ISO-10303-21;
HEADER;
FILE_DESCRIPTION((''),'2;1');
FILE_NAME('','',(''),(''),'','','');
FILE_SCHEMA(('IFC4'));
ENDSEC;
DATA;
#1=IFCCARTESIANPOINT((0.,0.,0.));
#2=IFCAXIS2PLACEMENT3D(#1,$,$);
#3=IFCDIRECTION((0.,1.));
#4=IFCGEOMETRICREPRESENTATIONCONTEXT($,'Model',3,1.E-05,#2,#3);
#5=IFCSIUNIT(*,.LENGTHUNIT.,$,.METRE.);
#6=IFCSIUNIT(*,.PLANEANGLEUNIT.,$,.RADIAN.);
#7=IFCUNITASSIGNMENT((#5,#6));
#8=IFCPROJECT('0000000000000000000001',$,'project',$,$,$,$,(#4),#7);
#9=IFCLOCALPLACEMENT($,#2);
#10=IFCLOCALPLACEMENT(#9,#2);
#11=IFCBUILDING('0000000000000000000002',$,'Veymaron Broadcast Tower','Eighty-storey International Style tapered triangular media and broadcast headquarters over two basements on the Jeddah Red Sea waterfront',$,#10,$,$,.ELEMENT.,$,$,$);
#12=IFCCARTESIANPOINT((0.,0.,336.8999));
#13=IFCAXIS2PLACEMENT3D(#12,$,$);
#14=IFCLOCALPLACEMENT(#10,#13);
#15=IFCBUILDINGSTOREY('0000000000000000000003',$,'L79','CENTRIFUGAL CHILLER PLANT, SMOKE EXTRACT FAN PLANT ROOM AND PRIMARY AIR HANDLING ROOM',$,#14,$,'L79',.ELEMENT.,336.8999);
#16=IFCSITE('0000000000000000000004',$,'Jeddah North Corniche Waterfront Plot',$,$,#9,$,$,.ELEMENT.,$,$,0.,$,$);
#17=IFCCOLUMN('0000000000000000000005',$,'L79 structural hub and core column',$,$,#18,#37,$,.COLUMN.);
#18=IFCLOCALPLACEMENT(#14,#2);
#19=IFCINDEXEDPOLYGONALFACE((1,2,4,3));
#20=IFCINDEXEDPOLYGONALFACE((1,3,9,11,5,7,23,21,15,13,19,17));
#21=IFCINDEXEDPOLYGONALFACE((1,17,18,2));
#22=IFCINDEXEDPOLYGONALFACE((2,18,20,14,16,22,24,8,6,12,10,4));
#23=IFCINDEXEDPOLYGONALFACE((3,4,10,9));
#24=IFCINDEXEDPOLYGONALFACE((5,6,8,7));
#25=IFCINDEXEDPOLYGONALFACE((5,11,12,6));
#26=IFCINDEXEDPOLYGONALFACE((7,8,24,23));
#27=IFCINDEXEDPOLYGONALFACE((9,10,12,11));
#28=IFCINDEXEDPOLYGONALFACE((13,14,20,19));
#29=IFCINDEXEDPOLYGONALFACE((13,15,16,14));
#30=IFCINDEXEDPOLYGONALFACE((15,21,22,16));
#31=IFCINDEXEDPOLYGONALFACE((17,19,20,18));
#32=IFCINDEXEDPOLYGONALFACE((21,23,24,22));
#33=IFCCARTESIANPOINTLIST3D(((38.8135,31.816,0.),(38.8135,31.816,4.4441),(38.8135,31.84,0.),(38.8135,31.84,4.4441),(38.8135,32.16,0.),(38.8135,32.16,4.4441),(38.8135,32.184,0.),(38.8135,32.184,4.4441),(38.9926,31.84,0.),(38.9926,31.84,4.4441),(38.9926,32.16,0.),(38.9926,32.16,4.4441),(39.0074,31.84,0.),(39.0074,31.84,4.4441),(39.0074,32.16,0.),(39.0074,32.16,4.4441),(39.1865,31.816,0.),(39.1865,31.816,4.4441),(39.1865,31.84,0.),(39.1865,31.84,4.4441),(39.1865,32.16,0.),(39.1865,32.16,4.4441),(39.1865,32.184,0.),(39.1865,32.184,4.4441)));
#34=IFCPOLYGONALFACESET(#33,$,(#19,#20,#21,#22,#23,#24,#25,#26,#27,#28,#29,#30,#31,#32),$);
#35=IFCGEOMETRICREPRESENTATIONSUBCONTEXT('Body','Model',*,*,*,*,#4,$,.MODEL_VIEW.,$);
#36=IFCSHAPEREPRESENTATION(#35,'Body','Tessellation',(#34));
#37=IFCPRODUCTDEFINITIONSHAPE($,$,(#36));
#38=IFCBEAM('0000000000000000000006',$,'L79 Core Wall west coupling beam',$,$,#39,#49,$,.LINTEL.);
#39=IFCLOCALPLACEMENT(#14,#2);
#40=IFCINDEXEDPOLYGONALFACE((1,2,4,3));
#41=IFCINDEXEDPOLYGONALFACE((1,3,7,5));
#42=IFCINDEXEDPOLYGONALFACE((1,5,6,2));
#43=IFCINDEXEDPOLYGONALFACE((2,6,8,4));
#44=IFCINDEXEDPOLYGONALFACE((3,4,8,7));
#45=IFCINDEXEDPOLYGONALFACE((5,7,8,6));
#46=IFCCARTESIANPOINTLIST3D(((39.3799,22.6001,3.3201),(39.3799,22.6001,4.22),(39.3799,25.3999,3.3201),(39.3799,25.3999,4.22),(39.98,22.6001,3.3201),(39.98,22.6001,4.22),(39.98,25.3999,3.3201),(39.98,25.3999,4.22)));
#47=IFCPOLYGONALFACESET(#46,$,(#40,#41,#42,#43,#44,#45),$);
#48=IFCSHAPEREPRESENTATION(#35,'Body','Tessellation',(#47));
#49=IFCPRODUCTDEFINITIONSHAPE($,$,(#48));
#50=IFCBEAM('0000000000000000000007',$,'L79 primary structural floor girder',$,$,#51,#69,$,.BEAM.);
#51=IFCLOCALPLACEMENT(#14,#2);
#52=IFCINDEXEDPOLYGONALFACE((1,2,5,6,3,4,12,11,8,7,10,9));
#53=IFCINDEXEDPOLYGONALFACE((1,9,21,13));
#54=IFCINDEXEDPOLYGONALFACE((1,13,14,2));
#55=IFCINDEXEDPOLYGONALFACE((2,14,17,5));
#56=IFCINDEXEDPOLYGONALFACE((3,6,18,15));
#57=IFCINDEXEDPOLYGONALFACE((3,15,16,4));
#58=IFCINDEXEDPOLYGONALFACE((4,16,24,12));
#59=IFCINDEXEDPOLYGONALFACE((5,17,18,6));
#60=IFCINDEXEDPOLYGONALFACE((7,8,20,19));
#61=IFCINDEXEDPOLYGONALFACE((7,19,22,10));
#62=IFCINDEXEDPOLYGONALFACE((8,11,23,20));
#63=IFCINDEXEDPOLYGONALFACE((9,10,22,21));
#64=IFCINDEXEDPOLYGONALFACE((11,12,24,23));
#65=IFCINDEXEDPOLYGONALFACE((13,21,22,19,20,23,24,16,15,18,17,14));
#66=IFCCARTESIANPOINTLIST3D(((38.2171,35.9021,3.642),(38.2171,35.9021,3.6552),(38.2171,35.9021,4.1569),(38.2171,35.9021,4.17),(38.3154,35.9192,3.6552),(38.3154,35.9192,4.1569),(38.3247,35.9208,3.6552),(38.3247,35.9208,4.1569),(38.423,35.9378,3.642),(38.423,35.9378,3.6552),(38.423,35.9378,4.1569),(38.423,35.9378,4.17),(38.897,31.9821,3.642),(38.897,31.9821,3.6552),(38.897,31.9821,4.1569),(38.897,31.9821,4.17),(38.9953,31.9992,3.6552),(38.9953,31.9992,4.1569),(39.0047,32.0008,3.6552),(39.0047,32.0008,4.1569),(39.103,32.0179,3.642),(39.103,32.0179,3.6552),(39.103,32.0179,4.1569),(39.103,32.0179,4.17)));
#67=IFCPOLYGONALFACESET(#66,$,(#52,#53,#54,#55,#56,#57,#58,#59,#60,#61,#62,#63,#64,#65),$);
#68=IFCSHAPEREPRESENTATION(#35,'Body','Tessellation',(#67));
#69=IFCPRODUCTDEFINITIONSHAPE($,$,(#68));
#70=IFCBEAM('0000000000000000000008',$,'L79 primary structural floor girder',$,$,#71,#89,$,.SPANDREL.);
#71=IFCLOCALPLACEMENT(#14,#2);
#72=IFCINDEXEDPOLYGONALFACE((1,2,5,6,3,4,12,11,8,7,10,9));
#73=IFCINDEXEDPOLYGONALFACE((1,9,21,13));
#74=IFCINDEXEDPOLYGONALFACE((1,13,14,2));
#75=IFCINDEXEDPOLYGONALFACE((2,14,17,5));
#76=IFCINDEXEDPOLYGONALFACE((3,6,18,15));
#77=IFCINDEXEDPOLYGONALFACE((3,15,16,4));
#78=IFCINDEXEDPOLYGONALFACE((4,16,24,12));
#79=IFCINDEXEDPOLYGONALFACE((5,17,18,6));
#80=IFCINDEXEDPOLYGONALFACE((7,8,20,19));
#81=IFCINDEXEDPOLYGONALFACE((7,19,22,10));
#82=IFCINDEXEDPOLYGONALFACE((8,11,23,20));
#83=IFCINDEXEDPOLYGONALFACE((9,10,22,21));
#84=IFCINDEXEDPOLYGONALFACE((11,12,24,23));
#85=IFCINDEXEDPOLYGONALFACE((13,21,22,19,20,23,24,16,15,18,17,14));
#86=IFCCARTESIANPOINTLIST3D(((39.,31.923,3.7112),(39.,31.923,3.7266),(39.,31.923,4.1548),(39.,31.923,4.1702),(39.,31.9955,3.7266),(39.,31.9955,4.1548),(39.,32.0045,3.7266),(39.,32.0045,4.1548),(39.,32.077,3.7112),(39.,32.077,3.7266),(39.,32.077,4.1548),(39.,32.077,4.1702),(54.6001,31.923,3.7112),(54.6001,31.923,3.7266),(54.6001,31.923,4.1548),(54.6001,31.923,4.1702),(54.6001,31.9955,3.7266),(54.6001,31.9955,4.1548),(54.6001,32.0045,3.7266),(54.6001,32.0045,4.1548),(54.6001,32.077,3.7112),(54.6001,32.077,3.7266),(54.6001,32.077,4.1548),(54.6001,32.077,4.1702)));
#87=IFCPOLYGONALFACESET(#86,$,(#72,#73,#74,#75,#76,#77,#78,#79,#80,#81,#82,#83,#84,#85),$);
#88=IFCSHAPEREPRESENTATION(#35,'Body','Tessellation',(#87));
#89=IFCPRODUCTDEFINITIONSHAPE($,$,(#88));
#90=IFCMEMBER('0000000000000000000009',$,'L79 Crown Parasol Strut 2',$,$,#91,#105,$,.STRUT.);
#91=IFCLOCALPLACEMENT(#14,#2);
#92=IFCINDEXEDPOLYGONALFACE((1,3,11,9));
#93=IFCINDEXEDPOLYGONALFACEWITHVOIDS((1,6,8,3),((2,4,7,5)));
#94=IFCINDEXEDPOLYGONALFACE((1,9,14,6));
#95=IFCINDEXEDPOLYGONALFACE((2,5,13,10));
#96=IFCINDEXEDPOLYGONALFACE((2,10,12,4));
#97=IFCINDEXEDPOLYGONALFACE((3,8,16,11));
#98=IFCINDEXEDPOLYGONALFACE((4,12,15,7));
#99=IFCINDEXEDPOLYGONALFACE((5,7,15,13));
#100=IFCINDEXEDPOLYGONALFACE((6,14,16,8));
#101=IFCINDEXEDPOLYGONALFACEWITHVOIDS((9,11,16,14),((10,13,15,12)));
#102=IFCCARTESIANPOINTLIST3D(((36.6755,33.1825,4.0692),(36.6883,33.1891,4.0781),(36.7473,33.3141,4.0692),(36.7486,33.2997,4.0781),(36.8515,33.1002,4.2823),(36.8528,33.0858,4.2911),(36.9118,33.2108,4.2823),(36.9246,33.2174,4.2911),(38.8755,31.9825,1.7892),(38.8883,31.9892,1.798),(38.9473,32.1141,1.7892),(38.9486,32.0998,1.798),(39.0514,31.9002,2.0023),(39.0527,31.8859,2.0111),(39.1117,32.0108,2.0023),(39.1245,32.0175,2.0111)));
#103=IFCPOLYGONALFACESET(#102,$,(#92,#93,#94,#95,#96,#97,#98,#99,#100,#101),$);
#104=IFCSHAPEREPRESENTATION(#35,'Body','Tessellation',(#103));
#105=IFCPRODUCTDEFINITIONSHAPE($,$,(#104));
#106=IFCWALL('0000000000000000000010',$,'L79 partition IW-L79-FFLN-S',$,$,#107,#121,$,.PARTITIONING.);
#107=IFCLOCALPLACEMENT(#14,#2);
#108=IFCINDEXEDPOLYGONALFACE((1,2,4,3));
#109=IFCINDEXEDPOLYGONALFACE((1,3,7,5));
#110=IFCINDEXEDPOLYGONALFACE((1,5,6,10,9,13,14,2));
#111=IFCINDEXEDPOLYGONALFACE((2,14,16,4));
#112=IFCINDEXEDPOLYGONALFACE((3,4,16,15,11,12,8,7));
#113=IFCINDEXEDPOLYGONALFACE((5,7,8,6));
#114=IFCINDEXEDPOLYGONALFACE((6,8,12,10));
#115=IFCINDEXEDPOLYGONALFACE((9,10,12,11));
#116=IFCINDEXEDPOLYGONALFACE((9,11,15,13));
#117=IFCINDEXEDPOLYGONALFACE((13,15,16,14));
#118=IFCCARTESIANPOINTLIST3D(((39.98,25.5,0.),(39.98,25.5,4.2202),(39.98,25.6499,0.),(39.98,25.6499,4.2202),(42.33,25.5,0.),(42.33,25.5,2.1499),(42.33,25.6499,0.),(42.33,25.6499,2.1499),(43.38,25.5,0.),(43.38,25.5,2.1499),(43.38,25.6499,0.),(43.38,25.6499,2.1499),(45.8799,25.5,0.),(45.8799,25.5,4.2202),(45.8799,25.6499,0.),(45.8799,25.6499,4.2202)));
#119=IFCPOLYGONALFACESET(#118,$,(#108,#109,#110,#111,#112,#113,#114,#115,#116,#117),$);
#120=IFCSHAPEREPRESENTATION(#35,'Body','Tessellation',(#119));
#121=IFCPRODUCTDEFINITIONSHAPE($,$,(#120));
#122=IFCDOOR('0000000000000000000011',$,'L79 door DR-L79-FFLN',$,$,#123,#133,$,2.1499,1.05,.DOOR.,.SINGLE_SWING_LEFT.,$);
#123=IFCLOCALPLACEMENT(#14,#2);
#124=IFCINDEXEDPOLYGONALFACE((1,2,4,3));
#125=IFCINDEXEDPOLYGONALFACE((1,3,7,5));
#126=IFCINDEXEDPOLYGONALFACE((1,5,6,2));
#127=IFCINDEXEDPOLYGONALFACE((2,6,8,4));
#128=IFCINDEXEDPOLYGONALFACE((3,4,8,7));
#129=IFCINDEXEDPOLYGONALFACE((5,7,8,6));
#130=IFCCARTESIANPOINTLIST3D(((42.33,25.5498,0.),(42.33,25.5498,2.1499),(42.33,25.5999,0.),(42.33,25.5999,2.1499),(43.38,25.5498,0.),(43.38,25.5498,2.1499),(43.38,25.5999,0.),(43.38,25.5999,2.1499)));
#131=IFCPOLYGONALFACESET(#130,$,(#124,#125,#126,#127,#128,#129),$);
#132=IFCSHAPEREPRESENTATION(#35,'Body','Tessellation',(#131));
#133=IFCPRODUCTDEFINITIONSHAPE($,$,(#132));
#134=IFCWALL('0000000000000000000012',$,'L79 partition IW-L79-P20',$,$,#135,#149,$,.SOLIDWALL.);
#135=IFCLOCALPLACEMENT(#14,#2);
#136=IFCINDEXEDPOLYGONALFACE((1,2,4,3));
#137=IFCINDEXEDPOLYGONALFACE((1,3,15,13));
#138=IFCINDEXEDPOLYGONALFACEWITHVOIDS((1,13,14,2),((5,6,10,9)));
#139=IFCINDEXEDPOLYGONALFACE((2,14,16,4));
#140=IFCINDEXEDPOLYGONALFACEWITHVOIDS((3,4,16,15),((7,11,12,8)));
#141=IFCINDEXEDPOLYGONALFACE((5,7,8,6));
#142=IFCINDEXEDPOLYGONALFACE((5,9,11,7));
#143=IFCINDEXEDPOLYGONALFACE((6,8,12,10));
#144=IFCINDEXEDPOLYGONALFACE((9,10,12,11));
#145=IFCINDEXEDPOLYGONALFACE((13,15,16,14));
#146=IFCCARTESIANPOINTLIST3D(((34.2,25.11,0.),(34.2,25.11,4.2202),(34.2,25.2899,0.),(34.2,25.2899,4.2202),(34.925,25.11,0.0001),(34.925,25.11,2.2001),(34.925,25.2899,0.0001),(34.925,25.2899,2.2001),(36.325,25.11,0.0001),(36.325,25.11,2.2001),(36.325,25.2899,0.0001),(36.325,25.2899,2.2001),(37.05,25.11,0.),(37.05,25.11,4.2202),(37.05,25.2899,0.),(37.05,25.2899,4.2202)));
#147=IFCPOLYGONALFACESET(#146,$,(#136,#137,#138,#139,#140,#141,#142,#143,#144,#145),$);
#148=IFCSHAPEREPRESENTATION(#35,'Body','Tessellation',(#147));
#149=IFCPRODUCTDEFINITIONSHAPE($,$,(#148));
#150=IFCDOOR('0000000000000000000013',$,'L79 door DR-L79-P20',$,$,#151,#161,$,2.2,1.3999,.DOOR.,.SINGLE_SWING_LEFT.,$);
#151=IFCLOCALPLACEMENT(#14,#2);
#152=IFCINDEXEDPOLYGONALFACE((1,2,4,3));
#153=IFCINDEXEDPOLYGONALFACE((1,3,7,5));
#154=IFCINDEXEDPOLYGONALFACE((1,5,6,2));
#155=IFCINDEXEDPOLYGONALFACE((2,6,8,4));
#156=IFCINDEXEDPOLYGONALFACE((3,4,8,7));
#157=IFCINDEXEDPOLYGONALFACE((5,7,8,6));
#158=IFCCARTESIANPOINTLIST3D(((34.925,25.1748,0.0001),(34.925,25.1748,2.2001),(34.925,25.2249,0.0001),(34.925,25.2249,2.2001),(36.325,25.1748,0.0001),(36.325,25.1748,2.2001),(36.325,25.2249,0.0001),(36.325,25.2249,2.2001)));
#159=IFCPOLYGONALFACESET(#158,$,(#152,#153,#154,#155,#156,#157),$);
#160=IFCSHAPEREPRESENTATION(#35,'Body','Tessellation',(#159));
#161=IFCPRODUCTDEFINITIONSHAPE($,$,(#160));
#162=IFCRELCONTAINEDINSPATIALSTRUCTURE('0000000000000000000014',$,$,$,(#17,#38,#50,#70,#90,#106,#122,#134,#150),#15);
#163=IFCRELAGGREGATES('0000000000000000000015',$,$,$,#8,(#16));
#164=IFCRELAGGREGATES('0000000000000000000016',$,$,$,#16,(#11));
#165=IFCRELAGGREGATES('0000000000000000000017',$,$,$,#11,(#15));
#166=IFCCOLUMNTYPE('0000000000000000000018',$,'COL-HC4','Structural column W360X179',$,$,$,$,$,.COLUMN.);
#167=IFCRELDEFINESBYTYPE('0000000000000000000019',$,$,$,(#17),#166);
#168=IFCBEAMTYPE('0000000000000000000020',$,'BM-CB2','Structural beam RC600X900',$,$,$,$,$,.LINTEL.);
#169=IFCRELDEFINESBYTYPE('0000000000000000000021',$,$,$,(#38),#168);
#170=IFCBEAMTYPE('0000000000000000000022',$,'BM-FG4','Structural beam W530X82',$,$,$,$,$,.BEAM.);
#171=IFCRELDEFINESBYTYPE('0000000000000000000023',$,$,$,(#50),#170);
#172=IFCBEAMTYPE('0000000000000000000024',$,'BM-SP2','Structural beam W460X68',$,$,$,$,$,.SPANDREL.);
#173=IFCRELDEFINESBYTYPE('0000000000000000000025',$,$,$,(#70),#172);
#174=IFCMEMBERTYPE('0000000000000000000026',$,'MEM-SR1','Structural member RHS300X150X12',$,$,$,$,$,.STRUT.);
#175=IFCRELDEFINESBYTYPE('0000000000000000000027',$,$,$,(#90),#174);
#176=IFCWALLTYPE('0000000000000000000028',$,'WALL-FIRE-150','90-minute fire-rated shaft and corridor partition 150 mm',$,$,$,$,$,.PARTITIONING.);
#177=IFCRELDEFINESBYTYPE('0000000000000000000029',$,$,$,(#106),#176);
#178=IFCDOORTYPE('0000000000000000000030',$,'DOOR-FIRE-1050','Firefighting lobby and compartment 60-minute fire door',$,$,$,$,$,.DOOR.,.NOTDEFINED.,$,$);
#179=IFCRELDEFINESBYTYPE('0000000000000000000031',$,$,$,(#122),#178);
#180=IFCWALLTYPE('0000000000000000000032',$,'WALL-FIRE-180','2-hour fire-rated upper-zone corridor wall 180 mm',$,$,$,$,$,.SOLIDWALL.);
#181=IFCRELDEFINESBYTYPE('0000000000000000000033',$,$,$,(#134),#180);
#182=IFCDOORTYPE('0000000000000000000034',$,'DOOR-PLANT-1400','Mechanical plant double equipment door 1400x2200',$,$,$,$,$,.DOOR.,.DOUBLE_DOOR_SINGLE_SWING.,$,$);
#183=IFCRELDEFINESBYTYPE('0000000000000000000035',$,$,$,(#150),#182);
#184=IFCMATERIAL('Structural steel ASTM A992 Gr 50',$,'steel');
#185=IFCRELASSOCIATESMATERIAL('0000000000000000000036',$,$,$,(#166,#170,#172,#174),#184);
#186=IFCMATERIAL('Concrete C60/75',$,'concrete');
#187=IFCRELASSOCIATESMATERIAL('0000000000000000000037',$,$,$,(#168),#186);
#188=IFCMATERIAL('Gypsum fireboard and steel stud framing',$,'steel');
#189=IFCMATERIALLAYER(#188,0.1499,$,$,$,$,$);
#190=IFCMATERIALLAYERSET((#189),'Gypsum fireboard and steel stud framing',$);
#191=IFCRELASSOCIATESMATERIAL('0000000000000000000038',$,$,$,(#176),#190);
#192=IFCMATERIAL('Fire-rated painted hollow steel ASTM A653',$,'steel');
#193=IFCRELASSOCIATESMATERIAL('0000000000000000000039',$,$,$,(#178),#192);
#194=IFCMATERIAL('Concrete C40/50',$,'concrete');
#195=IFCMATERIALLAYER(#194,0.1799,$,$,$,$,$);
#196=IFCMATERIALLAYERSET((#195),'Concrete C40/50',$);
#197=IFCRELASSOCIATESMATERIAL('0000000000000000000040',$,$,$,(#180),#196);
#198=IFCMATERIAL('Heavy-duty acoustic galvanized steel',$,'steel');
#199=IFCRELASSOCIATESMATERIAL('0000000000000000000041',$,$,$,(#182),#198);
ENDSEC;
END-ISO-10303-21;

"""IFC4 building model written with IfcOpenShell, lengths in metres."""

from ifc_helpers import new_model, si_unit, direction, frame, frame_2d, origin, origin_2d, place, context, subcontext, project, spatial, rectangle, hollow_rectangle, i_section, extrude, material, layer, layer_set, material_profile, profile_set, type_object, element, fill, save


model = new_model("IFC4")

# Units and contexts
model_context = context("Model", 3, precision=1e-05, world=origin(), true_north=direction((0.0, 1.0)))
body_context = subcontext(model_context, "Body", "Model", "MODEL_VIEW")
ifc_project = project(units=[si_unit("LENGTHUNIT", "METRE"), si_unit("PLANEANGLEUNIT", "RADIAN")], contexts=[model_context])

# Site, building, storey
site_placement = place(None, origin())
site = spatial("IfcSite", under=ifc_project, at=site_placement, Name="Jeddah North Corniche Waterfront Plot", CompositionType="ELEMENT", RefElevation=0.0)
building_placement = place(site_placement, origin())
building = spatial("IfcBuilding", under=site, at=building_placement, Name="Veymaron Broadcast Tower", Description="Eighty-storey International Style tapered triangular media and broadcast headquarters over two basements on the Jeddah Red Sea waterfront", CompositionType="ELEMENT")
storey_placement = place(building_placement, frame((0.0, 0.0, 336.8999)))
storey = spatial("IfcBuildingStorey", under=building, at=storey_placement, Name="L79", Description="CENTRIFUGAL CHILLER PLANT, SMOKE EXTRACT FAN PLANT ROOM AND PRIMARY AIR HANDLING ROOM", LongName="L79", CompositionType="ELEMENT", Elevation=336.8999)

# Column
ifc_material_1 = material(Name="Structural steel ASTM A992 Gr 50", Category="steel")
ifc_material_profile_1 = material_profile(ifc_material_1, i_section(OverallWidth=0.373, OverallDepth=0.3679, WebThickness=0.0149, FlangeThickness=0.0239, at=origin_2d()), Name="W360X179")
ifc_profile_set_1 = profile_set([ifc_material_profile_1], Name="Structural steel ASTM A992 Gr 50")
column_type = type_object("IfcColumnType", Name="COL-HC4", Description="Structural column W360X179", PredefinedType="COLUMN", material=ifc_profile_set_1)
column_placement = place(storey_placement, frame((39.0, 32.0, 0.0), z_axis=(0.0, 0.0, 1.0), x_axis=(1.0, 0.0, 0.0)))
element("IfcColumn", 1, at=column_placement, inside=storey, type_object=column_type, Name="L79 structural hub and core column", PredefinedType="COLUMN", context=body_context, shape_type="SweptSolid", body=[
    extrude(i_section(OverallWidth=0.373, OverallDepth=0.3679, WebThickness=0.0149, FlangeThickness=0.0239, at=origin_2d()), origin(), (0.0, 0.0, 1.0), 4.4441),
])

# Beams
ifc_material_2 = material(Name="Concrete C60/75", Category="concrete")
ifc_material_profile_2 = material_profile(ifc_material_2, rectangle(XDim=0.6001, YDim=0.8999, at=origin_2d()), Name="RC600X900")
ifc_profile_set_2 = profile_set([ifc_material_profile_2], Name="Concrete C60/75")
beam_type_1 = type_object("IfcBeamType", Name="BM-CB2", Description="Structural beam RC600X900", PredefinedType="LINTEL", material=ifc_profile_set_2)
beam_1_placement = place(storey_placement, frame((39.6799, 22.6001, 3.77), z_axis=(0.0, 1.0, 0.0), x_axis=(-1.0, 0.0, 0.0)))
element("IfcBeam", 2, at=beam_1_placement, inside=storey, type_object=beam_type_1, Name="L79 Core Wall west coupling beam", PredefinedType="LINTEL", context=body_context, shape_type="SweptSolid", body=[
    extrude(rectangle(XDim=0.6001, YDim=0.8999, at=origin_2d()), origin(), (0.0, 0.0, 1.0), 2.7998),
])
ifc_material_profile_3 = material_profile(ifc_material_1, i_section(OverallWidth=0.209, OverallDepth=0.5281, WebThickness=0.0095, FlangeThickness=0.0132, at=origin_2d()), Name="W530X82")
ifc_profile_set_3 = profile_set([ifc_material_profile_3], Name="Structural steel ASTM A992 Gr 50")
beam_type_2 = type_object("IfcBeamType", Name="BM-FG4", Description="Structural beam W530X82", PredefinedType="BEAM", material=ifc_profile_set_3)
beam_2_placement = place(storey_placement, frame((39.0, 32.0, 3.906), z_axis=(-0.170903, 0.985288, 0.0), x_axis=(-0.985288, -0.170903, 0.0)))
element("IfcBeam", 3, at=beam_2_placement, inside=storey, type_object=beam_type_2, Name="L79 primary structural floor girder", PredefinedType="BEAM", context=body_context, shape_type="SweptSolid", body=[
    extrude(i_section(OverallWidth=0.209, OverallDepth=0.5281, WebThickness=0.0095, FlangeThickness=0.0132, at=origin_2d()), origin(), (0.0, 0.0, 1.0), 3.9785),
])
ifc_material_profile_4 = material_profile(ifc_material_1, i_section(OverallWidth=0.1541, OverallDepth=0.459, WebThickness=0.009, FlangeThickness=0.0154, at=origin_2d()), Name="W460X68")
ifc_profile_set_4 = profile_set([ifc_material_profile_4], Name="Structural steel ASTM A992 Gr 50")
beam_type_3 = type_object("IfcBeamType", Name="BM-SP2", Description="Structural beam W460X68", PredefinedType="SPANDREL", material=ifc_profile_set_4)
beam_3_placement = place(storey_placement, frame((39.0, 32.0, 3.9407), z_axis=(1.0, 0.0, 0.0), x_axis=(0.0, 1.0, 0.0)))
element("IfcBeam", 4, at=beam_3_placement, inside=storey, type_object=beam_type_3, Name="L79 primary structural floor girder", PredefinedType="SPANDREL", context=body_context, shape_type="SweptSolid", body=[
    extrude(i_section(OverallWidth=0.1541, OverallDepth=0.459, WebThickness=0.009, FlangeThickness=0.0154, at=origin_2d()), origin(), (0.0, 0.0, 1.0), 15.6001),
])

# Member
ifc_material_profile_5 = material_profile(ifc_material_1, hollow_rectangle(XDim=0.1499, YDim=0.3, WallThickness=0.012, at=origin_2d()), Name="RHS300X150X12")
ifc_profile_set_5 = profile_set([ifc_material_profile_5], Name="Structural steel ASTM A992 Gr 50")
member_type = type_object("IfcMemberType", Name="MEM-SR1", Description="Structural member RHS300X150X12", PredefinedType="STRUT", material=ifc_profile_set_5)
member_placement = place(storey_placement, frame((39.0, 32.0, 1.9001), z_axis=(-0.649346, 0.354182, 0.672982), x_axis=(-0.478845, -0.877899, 0.0)))
element("IfcMember", 5, at=member_placement, inside=storey, type_object=member_type, Name="L79 Crown Parasol Strut 2", PredefinedType="STRUT", context=body_context, shape_type="SweptSolid", body=[
    extrude(hollow_rectangle(XDim=0.1499, YDim=0.3, WallThickness=0.012, at=origin_2d()), origin(), (0.0, 0.0, 1.0), 3.3879),
])

# Walls, openings, doors
ifc_material_3 = material(Name="Gypsum fireboard and steel stud framing", Category="steel")
ifc_layer_1 = layer(ifc_material_3, 0.1499)
ifc_layer_set_1 = layer_set([ifc_layer_1], Name="Gypsum fireboard and steel stud framing")
wall_type_1 = type_object("IfcWallType", Name="WALL-FIRE-150", Description="90-minute fire-rated shaft and corridor partition 150 mm", PredefinedType="PARTITIONING", material=ifc_layer_set_1)
wall_1_placement = place(storey_placement, frame((39.98, 25.575, 0.0), z_axis=(0.0, 0.0, 1.0), x_axis=(1.0, 0.0, 0.0)))
wall_1 = element("IfcWall", 6, at=wall_1_placement, inside=storey, type_object=wall_type_1, Name="L79 partition IW-L79-FFLN-S", PredefinedType="PARTITIONING", context=body_context, shape_type="SweptSolid", body=[
    extrude(rectangle(XDim=5.8999, YDim=0.1499, at=frame_2d((2.95, 0.0))), origin(), (0.0, 0.0, 1.0), 4.2202),
])
opening_1_placement = place(wall_1_placement, frame((2.3501, 0.0, 0.0)))
opening_1 = element("IfcOpeningElement", 7, at=opening_1_placement, cuts=wall_1, PredefinedType="OPENING", context=body_context, shape_type="SweptSolid", body=[
    extrude(rectangle(XDim=1.05, YDim=2.1499, at=frame_2d((0.5249, 1.075))), frame((0.0, 0.085, 0.0), z_axis=(0.0, -1.0, 0.0), x_axis=(1.0, 0.0, 0.0)), (0.0, 0.0, 1.0), 0.1699),
])
ifc_material_4 = material(Name="Fire-rated painted hollow steel ASTM A653", Category="steel")
door_type_1 = type_object("IfcDoorType", Name="DOOR-FIRE-1050", Description="Firefighting lobby and compartment 60-minute fire door", OperationType="NOTDEFINED", PredefinedType="DOOR", material=ifc_material_4)
door_1_placement = place(opening_1_placement, origin())
door_1 = element("IfcDoor", 8, at=door_1_placement, inside=storey, type_object=door_type_1, Name="L79 door DR-L79-FFLN", OperationType="SINGLE_SWING_LEFT", OverallHeight=2.1499, OverallWidth=1.05, PredefinedType="DOOR", context=body_context, shape_type="SweptSolid", body=[
    extrude(rectangle(XDim=1.05, YDim=2.1499, at=frame_2d((0.5249, 1.075))), frame((0.0, 0.0249, 0.0), z_axis=(0.0, -1.0, 0.0), x_axis=(1.0, 0.0, 0.0)), (0.0, 0.0, 1.0), 0.05),
])
fill(opening_1, door_1)
ifc_material_5 = material(Name="Concrete C40/50", Category="concrete")
ifc_layer_2 = layer(ifc_material_5, 0.1799)
ifc_layer_set_2 = layer_set([ifc_layer_2], Name="Concrete C40/50")
wall_type_2 = type_object("IfcWallType", Name="WALL-FIRE-180", Description="2-hour fire-rated upper-zone corridor wall 180 mm", PredefinedType="SOLIDWALL", material=ifc_layer_set_2)
wall_2_placement = place(storey_placement, frame((34.2, 25.2, 0.0), z_axis=(0.0, 0.0, 1.0), x_axis=(1.0, 0.0, 0.0)))
wall_2 = element("IfcWall", 9, at=wall_2_placement, inside=storey, type_object=wall_type_2, Name="L79 partition IW-L79-P20", PredefinedType="SOLIDWALL", context=body_context, shape_type="SweptSolid", body=[
    extrude(rectangle(XDim=2.8501, YDim=0.1799, at=frame_2d((1.425, 0.0))), origin(), (0.0, 0.0, 1.0), 4.2202),
])
opening_2_placement = place(wall_2_placement, frame((0.7251, 0.0, 0.0)))
opening_2 = element("IfcOpeningElement", 10, at=opening_2_placement, cuts=wall_2, PredefinedType="OPENING", context=body_context, shape_type="SweptSolid", body=[
    extrude(rectangle(XDim=1.3999, YDim=2.2, at=frame_2d((0.7, 1.1001))), frame((0.0, 0.1001, 0.0), z_axis=(0.0, -1.0, 0.0), x_axis=(1.0, 0.0, 0.0)), (0.0, 0.0, 1.0), 0.2),
])
ifc_material_6 = material(Name="Heavy-duty acoustic galvanized steel", Category="steel")
door_type_2 = type_object("IfcDoorType", Name="DOOR-PLANT-1400", Description="Mechanical plant double equipment door 1400x2200", OperationType="DOUBLE_DOOR_SINGLE_SWING", PredefinedType="DOOR", material=ifc_material_6)
door_2_placement = place(opening_2_placement, origin())
door_2 = element("IfcDoor", 11, at=door_2_placement, inside=storey, type_object=door_type_2, Name="L79 door DR-L79-P20", OperationType="SINGLE_SWING_LEFT", OverallHeight=2.2, OverallWidth=1.3999, PredefinedType="DOOR", context=body_context, shape_type="SweptSolid", body=[
    extrude(rectangle(XDim=1.3999, YDim=2.2, at=frame_2d((0.7, 1.1001))), frame((0.0, 0.0249, 0.0), z_axis=(0.0, -1.0, 0.0), x_axis=(1.0, 0.0, 0.0)), (0.0, 0.0, 1.0), 0.05),
])
fill(opening_2, door_2)

save(model, "model.ifc")
